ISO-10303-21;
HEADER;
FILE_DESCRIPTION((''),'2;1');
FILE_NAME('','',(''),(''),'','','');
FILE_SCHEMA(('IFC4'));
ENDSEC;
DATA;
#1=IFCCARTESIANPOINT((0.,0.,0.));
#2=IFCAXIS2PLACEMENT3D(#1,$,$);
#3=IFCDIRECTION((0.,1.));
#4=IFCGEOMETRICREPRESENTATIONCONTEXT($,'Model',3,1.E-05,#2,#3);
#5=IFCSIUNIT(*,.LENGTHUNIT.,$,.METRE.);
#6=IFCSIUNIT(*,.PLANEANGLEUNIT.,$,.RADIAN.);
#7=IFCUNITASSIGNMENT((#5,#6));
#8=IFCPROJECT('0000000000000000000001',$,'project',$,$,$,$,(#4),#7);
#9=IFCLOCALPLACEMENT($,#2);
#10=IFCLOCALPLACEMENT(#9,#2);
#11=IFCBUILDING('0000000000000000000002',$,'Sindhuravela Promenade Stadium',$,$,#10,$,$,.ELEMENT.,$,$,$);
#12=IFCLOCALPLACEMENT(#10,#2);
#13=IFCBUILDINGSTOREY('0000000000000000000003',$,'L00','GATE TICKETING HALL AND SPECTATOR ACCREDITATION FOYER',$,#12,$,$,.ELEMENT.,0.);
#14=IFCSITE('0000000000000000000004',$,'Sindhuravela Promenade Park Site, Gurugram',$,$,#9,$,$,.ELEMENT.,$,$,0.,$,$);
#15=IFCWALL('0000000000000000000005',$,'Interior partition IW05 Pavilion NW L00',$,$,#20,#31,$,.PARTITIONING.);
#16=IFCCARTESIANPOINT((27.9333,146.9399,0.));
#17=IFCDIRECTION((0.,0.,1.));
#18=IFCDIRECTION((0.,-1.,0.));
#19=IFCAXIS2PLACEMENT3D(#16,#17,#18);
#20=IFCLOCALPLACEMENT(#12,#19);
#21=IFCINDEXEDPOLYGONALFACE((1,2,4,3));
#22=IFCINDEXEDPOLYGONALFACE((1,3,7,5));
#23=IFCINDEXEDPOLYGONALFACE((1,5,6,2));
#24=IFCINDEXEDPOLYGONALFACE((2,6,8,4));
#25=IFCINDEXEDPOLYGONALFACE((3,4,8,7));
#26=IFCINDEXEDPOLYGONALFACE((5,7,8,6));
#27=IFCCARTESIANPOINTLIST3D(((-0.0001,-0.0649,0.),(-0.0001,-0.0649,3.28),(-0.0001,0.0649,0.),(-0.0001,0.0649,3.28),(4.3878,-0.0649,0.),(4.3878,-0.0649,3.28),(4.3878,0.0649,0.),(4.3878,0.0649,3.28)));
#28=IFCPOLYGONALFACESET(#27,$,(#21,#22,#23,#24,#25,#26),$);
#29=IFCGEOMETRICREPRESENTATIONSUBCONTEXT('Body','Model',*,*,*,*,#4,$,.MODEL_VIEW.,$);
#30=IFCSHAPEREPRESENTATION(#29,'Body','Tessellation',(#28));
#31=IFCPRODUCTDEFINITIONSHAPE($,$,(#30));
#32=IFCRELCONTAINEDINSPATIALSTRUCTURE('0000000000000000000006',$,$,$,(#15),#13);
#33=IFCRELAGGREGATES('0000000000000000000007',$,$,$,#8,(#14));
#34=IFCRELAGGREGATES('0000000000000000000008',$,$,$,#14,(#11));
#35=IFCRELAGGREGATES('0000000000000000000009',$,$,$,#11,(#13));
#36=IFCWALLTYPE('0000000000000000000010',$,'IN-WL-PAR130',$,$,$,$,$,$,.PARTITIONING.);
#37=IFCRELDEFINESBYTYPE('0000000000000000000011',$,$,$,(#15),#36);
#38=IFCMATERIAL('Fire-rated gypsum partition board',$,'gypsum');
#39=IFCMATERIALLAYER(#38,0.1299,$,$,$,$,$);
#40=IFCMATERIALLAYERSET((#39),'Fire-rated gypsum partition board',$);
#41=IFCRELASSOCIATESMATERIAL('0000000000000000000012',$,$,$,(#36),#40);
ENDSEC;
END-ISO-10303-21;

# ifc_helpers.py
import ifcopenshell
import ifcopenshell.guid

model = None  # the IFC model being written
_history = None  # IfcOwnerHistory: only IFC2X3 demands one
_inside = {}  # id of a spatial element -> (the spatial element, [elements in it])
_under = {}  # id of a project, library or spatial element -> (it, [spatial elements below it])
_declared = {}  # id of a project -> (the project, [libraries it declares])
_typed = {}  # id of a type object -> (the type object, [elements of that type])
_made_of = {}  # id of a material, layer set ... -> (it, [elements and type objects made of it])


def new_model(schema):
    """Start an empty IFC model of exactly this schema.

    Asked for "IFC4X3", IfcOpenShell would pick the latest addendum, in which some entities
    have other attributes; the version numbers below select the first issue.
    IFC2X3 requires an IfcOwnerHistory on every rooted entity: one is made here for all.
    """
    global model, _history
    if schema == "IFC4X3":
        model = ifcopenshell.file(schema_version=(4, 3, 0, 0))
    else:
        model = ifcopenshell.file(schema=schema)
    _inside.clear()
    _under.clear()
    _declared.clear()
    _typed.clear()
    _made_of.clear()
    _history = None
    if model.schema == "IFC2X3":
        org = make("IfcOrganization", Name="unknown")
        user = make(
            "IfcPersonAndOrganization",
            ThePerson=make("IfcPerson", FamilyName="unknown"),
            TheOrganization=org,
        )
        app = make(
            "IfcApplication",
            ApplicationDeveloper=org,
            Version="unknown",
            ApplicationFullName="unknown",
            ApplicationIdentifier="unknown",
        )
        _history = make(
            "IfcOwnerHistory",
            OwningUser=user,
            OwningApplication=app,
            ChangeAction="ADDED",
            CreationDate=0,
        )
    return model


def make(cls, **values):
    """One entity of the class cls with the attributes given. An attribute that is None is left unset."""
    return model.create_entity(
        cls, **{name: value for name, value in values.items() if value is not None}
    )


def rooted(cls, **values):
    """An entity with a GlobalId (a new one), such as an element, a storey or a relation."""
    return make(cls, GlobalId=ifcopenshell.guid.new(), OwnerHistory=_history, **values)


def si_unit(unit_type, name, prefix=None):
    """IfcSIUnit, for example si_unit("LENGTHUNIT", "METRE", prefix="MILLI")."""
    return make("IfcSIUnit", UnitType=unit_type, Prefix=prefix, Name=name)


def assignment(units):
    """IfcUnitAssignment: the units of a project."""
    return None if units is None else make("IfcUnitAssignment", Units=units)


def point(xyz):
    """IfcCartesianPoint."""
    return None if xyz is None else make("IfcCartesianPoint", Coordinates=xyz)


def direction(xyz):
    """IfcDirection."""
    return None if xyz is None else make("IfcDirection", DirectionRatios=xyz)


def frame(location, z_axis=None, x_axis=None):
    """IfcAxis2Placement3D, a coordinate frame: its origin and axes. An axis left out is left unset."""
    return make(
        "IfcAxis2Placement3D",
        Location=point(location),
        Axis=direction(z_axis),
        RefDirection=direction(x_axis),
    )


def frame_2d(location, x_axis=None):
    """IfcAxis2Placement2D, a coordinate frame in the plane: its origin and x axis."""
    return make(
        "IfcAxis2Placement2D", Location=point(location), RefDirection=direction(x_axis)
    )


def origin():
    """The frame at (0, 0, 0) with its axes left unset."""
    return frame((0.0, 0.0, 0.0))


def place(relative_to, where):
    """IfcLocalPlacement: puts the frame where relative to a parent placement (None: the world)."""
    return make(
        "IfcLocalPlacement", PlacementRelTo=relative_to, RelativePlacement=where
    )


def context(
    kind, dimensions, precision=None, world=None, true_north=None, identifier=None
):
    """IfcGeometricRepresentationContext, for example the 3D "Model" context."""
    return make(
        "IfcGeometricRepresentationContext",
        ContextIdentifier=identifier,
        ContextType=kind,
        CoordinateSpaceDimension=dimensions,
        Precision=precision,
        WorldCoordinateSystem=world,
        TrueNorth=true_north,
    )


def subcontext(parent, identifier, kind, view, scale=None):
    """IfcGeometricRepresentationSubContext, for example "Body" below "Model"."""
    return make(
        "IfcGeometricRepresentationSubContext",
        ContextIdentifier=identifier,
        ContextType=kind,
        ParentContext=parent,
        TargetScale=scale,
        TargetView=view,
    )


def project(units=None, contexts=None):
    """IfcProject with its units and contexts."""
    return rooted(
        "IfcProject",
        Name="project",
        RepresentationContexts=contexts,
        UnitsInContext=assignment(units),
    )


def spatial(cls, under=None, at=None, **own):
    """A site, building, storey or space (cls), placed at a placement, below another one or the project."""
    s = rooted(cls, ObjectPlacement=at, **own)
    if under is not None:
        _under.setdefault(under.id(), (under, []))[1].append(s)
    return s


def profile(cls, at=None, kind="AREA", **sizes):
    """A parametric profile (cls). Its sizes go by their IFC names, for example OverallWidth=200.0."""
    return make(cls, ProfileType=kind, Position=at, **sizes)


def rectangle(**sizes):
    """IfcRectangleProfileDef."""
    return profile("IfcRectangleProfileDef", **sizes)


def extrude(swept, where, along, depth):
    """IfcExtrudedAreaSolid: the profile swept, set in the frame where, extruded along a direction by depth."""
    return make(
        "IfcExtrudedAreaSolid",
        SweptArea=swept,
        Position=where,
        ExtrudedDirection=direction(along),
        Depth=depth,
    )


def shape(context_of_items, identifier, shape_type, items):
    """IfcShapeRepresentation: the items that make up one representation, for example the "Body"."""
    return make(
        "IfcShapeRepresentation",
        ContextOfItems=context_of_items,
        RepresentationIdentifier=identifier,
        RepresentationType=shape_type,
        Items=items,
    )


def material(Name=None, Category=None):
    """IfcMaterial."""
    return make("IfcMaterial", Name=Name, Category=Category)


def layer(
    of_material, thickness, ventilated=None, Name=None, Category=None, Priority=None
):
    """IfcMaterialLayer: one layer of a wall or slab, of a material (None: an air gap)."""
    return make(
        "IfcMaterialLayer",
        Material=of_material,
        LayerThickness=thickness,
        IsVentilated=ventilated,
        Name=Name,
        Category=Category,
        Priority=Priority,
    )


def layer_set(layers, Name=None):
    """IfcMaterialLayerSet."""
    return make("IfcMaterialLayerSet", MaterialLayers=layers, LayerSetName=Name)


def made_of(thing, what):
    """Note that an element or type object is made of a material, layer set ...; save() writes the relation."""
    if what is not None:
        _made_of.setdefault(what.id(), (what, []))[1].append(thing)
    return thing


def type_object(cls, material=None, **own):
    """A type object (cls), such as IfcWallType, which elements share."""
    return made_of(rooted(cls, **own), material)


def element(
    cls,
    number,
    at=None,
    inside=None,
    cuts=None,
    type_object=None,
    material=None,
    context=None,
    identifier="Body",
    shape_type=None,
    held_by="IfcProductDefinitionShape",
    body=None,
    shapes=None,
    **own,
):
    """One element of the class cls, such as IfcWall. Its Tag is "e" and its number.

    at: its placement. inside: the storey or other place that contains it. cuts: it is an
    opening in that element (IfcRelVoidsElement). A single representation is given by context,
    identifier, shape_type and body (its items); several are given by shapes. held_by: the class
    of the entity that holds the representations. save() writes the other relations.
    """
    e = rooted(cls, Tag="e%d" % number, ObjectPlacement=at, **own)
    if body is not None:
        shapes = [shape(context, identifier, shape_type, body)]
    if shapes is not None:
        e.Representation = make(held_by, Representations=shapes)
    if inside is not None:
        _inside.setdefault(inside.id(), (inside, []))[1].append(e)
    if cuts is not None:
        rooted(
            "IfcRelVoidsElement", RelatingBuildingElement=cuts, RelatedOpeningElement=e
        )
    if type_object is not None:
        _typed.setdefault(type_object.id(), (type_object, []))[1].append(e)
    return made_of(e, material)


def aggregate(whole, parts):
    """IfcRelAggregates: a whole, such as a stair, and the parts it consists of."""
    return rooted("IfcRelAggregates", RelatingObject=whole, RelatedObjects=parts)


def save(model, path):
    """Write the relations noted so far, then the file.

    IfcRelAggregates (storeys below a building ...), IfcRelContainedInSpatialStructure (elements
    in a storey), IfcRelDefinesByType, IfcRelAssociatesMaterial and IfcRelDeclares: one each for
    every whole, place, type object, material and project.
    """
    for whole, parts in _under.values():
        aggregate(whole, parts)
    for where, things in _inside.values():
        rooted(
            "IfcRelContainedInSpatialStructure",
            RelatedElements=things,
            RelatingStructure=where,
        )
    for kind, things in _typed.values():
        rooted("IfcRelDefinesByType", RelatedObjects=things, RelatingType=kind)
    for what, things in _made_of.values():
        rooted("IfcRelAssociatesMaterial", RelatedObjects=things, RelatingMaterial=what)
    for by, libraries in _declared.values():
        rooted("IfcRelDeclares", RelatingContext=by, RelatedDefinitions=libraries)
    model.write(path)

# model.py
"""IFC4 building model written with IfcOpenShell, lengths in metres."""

from ifc_helpers import new_model, si_unit, direction, frame, frame_2d, origin, place, context, subcontext, project, spatial, rectangle, extrude, material, layer, layer_set, type_object, element, save


model = new_model("IFC4")

# Units and contexts
model_context = context("Model", 3, precision=1e-05, world=origin(), true_north=direction((0.0, 1.0)))
body_context = subcontext(model_context, "Body", "Model", "MODEL_VIEW")
ifc_project = project(units=[si_unit("LENGTHUNIT", "METRE"), si_unit("PLANEANGLEUNIT", "RADIAN")], contexts=[model_context])

# Site, building, storey
site_placement = place(None, origin())
site = spatial("IfcSite", under=ifc_project, at=site_placement, Name="Sindhuravela Promenade Park Site, Gurugram", CompositionType="ELEMENT", RefElevation=0.0)
building_placement = place(site_placement, origin())
building = spatial("IfcBuilding", under=site, at=building_placement, Name="Sindhuravela Promenade Stadium", CompositionType="ELEMENT")
storey_placement = place(building_placement, origin())
storey = spatial("IfcBuildingStorey", under=building, at=storey_placement, Name="L00", Description="GATE TICKETING HALL AND SPECTATOR ACCREDITATION FOYER", CompositionType="ELEMENT", Elevation=0.0)

# Shared definitions
ifc_material_1 = material(Name="Fire-rated gypsum partition board", Category="gypsum")

# Wall
ifc_layer_1 = layer(ifc_material_1, 0.1299)
ifc_layer_set_1 = layer_set([ifc_layer_1], Name="Fire-rated gypsum partition board")
wall_type_1 = type_object("IfcWallType", Name="IN-WL-PAR130", PredefinedType="PARTITIONING", material=ifc_layer_set_1)
wall_1_placement = place(storey_placement, frame((27.9333, 146.9399, 0.0), z_axis=(0.0, 0.0, 1.0), x_axis=(0.0, -1.0, 0.0)))
element("IfcWall", 1, at=wall_1_placement, inside=storey, type_object=wall_type_1, Name="Interior partition IW05 Pavilion NW L00", PredefinedType="PARTITIONING", context=body_context, shape_type="SweptSolid", body=[
    extrude(rectangle(XDim=4.3879, YDim=0.1299, at=frame_2d((2.1938, 0.0))), origin(), (0.0, 0.0, 1.0), 3.28),
])

save(model, "model.ifc")
